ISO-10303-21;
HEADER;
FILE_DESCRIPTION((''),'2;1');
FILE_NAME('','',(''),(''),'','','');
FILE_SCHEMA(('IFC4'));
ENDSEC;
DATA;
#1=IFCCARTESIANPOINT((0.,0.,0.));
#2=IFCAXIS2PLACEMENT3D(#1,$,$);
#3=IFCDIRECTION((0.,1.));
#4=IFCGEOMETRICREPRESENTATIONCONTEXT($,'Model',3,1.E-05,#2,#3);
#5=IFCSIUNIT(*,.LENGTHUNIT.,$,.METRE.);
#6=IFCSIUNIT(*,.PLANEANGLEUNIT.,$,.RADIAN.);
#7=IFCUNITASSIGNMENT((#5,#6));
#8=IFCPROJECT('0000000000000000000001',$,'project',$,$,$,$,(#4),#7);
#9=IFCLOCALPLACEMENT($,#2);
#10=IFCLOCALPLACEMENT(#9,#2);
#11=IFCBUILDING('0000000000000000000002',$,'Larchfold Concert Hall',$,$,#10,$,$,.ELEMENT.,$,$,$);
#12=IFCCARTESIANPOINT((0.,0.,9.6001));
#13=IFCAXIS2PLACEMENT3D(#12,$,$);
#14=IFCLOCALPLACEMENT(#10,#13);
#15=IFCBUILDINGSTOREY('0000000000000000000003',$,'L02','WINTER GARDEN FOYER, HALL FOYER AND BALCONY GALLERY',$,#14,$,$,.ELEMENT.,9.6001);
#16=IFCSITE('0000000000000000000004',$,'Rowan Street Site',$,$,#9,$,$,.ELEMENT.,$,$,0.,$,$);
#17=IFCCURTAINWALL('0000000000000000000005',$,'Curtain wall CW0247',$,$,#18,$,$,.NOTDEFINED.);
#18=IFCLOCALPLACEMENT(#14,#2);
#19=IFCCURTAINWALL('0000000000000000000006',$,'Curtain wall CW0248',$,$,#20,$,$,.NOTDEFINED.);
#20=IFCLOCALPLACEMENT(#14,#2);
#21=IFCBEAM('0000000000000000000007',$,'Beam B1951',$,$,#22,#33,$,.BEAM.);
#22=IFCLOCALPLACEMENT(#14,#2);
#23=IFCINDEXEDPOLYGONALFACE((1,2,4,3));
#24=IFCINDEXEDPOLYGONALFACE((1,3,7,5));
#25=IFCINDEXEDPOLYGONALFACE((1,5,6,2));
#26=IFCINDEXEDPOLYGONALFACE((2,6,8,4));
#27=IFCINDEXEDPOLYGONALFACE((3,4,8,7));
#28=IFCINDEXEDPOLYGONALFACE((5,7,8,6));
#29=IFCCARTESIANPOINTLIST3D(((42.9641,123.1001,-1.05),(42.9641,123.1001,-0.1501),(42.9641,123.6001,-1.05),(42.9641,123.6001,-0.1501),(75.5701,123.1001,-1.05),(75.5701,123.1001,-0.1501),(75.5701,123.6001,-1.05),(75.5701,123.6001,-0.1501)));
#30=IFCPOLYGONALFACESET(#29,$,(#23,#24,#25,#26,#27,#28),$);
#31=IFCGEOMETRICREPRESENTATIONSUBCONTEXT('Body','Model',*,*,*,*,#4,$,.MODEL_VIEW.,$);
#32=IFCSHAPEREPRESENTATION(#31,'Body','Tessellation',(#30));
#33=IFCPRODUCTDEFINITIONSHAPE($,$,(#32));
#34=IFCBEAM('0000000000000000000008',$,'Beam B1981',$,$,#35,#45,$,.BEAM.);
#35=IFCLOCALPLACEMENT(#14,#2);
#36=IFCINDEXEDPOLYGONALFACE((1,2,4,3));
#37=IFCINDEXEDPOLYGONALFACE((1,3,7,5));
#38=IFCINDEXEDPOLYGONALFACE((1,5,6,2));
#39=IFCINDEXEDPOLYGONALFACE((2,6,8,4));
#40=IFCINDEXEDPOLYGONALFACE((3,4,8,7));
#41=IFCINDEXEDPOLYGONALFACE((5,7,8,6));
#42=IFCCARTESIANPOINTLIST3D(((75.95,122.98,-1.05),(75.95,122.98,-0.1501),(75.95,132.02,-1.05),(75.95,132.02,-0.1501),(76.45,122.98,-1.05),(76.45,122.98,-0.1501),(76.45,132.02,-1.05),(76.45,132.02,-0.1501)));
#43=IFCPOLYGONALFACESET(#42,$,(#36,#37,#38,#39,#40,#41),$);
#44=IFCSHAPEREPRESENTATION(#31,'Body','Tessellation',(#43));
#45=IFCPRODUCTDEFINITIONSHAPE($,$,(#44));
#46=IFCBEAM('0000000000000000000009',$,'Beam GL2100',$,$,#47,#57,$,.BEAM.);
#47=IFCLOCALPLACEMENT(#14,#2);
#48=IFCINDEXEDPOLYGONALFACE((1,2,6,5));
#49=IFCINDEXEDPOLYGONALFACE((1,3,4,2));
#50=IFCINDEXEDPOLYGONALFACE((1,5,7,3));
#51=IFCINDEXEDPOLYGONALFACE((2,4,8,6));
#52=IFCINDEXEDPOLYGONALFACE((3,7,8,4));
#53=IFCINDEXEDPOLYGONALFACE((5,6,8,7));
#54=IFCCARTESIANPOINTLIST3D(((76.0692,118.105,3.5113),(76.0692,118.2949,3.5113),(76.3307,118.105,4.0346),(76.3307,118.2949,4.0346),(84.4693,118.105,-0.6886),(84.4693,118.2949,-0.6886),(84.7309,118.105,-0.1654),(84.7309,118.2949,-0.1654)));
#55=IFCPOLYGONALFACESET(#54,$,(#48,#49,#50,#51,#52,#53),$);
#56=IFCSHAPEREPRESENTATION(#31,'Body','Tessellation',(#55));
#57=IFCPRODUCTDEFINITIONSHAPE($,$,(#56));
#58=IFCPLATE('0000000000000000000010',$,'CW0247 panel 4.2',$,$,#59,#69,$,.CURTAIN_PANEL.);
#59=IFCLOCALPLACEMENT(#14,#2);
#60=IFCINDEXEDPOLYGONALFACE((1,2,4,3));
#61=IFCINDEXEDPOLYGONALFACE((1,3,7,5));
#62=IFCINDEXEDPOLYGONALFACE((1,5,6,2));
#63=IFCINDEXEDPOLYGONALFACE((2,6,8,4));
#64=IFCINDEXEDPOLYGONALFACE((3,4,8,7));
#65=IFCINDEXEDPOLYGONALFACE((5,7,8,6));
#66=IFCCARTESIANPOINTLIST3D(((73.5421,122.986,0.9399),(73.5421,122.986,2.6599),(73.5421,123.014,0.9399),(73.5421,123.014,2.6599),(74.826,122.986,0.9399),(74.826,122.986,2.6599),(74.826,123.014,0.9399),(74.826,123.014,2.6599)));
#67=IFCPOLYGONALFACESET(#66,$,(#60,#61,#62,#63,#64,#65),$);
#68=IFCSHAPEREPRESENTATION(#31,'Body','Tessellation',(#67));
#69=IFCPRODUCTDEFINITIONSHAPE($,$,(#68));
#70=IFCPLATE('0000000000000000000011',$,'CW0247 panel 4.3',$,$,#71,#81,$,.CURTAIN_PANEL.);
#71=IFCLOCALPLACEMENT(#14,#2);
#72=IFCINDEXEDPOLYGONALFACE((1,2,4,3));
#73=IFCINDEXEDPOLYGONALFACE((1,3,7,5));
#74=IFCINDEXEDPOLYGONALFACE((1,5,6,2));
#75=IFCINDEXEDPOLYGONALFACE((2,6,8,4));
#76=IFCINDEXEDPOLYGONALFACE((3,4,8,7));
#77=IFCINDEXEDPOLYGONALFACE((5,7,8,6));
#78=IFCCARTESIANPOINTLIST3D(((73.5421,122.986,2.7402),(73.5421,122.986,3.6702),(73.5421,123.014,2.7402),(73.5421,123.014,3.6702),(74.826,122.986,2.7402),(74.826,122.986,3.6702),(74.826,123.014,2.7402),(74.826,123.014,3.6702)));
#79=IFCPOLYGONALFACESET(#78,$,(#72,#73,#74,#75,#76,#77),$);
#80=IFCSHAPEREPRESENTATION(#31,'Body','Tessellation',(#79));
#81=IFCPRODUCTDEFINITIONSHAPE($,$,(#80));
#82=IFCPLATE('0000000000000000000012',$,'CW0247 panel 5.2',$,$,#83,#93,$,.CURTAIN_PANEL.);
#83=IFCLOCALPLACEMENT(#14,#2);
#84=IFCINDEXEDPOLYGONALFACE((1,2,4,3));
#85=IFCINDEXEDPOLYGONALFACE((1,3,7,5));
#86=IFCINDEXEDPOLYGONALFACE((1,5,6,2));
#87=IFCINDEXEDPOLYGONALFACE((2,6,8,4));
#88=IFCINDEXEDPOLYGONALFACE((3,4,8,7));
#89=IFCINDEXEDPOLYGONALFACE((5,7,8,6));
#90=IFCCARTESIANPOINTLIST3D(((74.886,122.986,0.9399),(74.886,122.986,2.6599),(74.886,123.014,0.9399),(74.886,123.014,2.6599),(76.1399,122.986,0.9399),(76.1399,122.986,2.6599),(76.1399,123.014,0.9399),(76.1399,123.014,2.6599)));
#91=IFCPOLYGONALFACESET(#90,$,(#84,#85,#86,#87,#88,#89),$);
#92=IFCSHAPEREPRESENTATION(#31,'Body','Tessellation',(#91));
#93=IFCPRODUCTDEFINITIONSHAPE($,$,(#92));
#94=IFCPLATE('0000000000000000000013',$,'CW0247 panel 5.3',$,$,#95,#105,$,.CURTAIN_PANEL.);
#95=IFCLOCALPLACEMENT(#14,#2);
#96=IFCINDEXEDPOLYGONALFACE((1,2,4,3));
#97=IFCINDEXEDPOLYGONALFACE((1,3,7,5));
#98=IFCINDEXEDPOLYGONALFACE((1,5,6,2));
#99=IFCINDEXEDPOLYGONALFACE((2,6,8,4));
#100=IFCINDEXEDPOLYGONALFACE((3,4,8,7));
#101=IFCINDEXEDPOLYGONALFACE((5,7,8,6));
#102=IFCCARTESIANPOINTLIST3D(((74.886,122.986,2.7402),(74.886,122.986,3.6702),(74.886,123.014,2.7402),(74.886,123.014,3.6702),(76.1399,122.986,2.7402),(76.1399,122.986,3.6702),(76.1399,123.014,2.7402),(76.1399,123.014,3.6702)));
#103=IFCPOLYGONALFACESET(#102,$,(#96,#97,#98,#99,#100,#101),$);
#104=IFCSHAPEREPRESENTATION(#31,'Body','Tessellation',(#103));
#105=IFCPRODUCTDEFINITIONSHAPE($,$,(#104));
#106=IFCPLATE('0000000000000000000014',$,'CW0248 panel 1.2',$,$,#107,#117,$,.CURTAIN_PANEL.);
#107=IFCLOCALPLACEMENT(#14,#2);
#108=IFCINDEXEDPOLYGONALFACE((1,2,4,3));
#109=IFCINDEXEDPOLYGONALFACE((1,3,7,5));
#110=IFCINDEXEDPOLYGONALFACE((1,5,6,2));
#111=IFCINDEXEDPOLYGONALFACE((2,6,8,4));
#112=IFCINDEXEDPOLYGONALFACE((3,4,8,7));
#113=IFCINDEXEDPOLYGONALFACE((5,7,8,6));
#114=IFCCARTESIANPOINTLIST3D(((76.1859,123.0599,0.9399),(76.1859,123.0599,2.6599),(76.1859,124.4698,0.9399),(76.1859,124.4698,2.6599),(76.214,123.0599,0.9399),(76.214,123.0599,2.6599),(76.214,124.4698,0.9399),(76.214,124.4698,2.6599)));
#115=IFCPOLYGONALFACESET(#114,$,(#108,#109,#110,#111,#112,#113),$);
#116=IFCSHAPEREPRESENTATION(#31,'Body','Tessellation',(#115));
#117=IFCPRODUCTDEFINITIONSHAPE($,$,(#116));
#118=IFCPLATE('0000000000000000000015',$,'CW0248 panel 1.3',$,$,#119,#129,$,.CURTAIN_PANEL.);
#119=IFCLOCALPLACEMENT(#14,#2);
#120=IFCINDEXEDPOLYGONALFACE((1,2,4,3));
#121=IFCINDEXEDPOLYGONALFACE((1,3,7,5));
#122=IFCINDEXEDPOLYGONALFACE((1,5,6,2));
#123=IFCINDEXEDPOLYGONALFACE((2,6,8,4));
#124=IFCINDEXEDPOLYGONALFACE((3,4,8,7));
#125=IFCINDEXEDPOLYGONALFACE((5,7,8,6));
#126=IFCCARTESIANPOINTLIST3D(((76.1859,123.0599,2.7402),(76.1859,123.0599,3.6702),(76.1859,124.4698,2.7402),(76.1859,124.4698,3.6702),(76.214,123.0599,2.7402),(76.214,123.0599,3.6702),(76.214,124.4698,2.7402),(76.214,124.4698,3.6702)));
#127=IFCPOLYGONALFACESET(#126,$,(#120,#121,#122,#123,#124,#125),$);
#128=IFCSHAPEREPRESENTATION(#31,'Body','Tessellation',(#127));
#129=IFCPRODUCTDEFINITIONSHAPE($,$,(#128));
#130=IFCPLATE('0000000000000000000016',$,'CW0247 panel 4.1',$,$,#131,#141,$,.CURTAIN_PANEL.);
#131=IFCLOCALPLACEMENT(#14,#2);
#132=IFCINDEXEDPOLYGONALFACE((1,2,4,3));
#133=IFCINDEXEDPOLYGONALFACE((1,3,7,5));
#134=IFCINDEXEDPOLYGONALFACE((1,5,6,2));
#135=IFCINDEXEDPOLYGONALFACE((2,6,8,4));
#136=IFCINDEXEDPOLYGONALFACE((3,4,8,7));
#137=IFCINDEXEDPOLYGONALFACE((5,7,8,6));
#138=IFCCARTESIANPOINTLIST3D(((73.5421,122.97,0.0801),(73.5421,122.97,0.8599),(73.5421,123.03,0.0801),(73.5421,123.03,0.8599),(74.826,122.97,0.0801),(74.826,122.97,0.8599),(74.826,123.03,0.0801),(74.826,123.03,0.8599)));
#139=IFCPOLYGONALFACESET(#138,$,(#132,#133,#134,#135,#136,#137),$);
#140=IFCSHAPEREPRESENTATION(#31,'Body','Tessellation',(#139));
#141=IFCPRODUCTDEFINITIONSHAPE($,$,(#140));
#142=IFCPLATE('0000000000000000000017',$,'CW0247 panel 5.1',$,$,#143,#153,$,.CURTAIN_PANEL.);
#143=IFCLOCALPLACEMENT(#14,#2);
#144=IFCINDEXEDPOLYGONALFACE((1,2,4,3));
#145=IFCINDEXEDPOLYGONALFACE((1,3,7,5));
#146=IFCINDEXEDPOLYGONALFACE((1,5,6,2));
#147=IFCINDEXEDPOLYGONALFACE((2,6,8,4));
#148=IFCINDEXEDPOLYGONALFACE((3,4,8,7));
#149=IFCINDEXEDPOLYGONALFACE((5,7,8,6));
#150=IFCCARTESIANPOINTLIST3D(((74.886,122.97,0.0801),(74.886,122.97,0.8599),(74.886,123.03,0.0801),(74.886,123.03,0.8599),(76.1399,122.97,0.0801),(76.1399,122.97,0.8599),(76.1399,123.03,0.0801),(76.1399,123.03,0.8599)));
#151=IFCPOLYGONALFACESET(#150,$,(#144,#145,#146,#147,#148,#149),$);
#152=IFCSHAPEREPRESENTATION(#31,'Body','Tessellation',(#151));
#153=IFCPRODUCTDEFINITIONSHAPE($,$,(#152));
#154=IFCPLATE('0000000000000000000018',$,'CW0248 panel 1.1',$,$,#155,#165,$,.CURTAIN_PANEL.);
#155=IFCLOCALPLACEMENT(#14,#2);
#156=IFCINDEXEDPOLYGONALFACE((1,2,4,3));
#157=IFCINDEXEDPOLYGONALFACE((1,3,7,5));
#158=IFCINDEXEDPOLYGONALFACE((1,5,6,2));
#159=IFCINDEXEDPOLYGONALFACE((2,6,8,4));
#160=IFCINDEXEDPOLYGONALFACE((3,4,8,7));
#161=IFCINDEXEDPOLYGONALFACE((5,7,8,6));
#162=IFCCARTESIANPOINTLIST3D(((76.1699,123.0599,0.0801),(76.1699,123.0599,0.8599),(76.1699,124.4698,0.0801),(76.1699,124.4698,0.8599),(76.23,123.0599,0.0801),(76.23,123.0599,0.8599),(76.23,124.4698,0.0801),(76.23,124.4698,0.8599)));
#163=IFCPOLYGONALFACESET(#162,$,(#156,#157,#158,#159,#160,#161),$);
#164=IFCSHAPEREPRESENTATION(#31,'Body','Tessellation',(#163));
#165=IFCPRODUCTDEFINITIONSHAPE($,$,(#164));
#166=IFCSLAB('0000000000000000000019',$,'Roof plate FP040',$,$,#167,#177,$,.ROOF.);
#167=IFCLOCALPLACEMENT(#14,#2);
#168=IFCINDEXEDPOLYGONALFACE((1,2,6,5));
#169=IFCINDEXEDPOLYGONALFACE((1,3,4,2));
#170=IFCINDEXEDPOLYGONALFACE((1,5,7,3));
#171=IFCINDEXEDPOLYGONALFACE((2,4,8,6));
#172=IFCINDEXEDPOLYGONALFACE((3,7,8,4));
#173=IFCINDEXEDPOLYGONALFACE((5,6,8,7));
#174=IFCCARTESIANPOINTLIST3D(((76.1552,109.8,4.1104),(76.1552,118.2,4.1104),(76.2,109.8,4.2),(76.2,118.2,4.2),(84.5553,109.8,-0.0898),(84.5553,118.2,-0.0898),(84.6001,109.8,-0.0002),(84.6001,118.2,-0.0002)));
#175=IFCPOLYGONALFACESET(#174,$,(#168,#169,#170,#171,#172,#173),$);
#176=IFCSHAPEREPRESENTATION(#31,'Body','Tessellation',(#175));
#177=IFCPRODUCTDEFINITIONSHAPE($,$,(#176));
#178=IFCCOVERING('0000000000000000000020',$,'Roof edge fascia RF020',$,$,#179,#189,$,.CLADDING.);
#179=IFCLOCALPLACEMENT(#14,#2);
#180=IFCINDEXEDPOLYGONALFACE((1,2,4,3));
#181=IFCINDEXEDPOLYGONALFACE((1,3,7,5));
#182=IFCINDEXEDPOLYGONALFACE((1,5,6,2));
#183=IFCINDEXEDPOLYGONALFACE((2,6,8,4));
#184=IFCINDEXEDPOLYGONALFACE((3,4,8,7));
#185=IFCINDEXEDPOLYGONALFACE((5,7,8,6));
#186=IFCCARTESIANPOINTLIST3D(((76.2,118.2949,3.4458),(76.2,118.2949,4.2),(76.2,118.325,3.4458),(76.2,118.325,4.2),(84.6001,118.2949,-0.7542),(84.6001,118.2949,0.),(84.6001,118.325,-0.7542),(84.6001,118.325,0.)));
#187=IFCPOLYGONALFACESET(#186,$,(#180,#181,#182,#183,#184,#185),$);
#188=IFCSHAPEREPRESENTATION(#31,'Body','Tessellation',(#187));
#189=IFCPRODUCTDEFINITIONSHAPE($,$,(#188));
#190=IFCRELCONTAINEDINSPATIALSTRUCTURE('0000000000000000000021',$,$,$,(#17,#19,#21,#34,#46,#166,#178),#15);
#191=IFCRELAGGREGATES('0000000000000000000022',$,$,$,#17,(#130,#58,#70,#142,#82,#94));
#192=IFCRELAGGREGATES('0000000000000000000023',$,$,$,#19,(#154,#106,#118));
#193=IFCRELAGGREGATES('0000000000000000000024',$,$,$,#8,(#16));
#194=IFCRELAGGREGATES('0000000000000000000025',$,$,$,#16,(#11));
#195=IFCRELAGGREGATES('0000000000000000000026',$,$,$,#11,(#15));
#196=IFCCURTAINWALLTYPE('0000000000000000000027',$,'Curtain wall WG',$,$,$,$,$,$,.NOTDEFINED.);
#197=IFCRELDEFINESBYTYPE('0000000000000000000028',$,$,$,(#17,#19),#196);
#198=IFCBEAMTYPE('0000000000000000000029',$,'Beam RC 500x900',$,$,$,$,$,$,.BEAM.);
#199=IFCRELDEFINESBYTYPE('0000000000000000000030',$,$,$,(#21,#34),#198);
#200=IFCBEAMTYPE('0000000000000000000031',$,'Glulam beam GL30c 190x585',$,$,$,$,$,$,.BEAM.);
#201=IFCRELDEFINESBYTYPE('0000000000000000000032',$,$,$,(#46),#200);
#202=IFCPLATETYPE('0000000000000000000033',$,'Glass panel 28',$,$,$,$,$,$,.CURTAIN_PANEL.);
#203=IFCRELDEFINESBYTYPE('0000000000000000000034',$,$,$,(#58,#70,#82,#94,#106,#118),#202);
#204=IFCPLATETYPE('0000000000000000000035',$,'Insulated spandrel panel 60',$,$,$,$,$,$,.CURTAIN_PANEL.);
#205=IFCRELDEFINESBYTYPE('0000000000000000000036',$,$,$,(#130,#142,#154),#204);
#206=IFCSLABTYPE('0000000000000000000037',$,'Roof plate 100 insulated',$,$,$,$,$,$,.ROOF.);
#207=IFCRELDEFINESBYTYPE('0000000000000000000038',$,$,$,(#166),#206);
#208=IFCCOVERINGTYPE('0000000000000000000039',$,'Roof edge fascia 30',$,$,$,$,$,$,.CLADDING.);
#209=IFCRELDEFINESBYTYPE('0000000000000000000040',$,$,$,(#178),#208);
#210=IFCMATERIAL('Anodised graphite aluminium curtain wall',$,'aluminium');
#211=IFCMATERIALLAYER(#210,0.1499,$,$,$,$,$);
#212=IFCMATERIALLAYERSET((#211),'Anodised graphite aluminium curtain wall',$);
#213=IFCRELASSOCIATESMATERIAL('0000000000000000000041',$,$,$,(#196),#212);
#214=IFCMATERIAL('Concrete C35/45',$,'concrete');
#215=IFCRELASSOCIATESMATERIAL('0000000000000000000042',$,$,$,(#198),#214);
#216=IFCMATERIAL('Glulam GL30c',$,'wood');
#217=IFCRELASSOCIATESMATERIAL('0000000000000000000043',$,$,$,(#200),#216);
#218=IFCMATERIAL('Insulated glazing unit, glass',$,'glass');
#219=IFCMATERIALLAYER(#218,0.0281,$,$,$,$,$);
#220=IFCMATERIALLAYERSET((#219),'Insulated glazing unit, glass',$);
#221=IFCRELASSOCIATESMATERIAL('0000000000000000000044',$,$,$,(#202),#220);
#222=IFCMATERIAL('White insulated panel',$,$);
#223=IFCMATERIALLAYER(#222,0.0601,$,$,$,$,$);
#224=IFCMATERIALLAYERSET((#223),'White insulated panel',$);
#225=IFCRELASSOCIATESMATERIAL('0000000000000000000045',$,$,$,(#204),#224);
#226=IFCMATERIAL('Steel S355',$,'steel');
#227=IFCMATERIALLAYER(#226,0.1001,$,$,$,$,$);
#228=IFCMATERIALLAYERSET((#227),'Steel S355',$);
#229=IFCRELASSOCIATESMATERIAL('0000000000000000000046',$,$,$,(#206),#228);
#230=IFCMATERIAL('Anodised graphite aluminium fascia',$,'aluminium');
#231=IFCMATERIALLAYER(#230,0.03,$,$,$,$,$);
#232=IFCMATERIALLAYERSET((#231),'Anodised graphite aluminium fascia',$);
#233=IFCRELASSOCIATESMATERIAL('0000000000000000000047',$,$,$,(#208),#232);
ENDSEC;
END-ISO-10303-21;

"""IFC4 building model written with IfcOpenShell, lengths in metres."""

from ifc_helpers import new_model, si_unit, direction, frame, origin, origin_2d, place, context, subcontext, project, spatial, polyline, rectangle, outline, extrude, material, layer, layer_set, material_profile, profile_set, type_object, element, aggregate, save


model = new_model("IFC4")

# Units and contexts
model_context = context("Model", 3, precision=1e-05, world=origin(), true_north=direction((0.0, 1.0)))
body_context = subcontext(model_context, "Body", "Model", "MODEL_VIEW")
ifc_project = project(units=[si_unit("LENGTHUNIT", "METRE"), si_unit("PLANEANGLEUNIT", "RADIAN")], contexts=[model_context])

# Site, building, storey
site_placement = place(None, origin())
site = spatial("IfcSite", under=ifc_project, at=site_placement, Name="Rowan Street Site", CompositionType="ELEMENT", RefElevation=0.0)
building_placement = place(site_placement, origin())
building = spatial("IfcBuilding", under=site, at=building_placement, Name="Larchfold Concert Hall", CompositionType="ELEMENT")
storey_placement = place(building_placement, frame((0.0, 0.0, 9.6001)))
storey = spatial("IfcBuildingStorey", under=building, at=storey_placement, Name="L02", Description="WINTER GARDEN FOYER, HALL FOYER AND BALCONY GALLERY", CompositionType="ELEMENT", Elevation=9.6001)

# Curtain walls
ifc_material_1 = material(Name="Anodised graphite aluminium curtain wall", Category="aluminium")
ifc_layer_1 = layer(ifc_material_1, 0.1499)
ifc_layer_set_1 = layer_set([ifc_layer_1], Name="Anodised graphite aluminium curtain wall")
curtain_wall_type = type_object("IfcCurtainWallType", Name="Curtain wall WG", PredefinedType="NOTDEFINED", material=ifc_layer_set_1)
curtain_wall_1_placement = place(storey_placement, origin())
curtain_wall_1 = element("IfcCurtainWall", 1, at=curtain_wall_1_placement, inside=storey, type_object=curtain_wall_type, Name="Curtain wall CW0247", PredefinedType="NOTDEFINED")
curtain_wall_2_placement = place(storey_placement, origin())
curtain_wall_2 = element("IfcCurtainWall", 2, at=curtain_wall_2_placement, inside=storey, type_object=curtain_wall_type, Name="Curtain wall CW0248", PredefinedType="NOTDEFINED")

# Beams
ifc_material_2 = material(Name="Concrete C35/45", Category="concrete")
ifc_material_profile_1 = material_profile(ifc_material_2, rectangle(XDim=0.5, YDim=0.8999, at=origin_2d()))
ifc_profile_set_1 = profile_set([ifc_material_profile_1], Name="Concrete C35/45")
beam_type_1 = type_object("IfcBeamType", Name="Beam RC 500x900", PredefinedType="BEAM", material=ifc_profile_set_1)
beam_1_placement = place(storey_placement, frame((75.5701, 123.3501, -0.6001), z_axis=(-1.0, 0.0, 0.0), x_axis=(0.0, -1.0, 0.0)))
element("IfcBeam", 3, at=beam_1_placement, inside=storey, type_object=beam_type_1, Name="Beam B1951", PredefinedType="BEAM", context=body_context, shape_type="SweptSolid", body=[
    extrude(rectangle(XDim=0.5, YDim=0.8999, at=origin_2d()), origin(), (0.0, 0.0, 1.0), 32.606),
])
beam_2_placement = place(storey_placement, frame((76.2, 122.98, -0.6001), z_axis=(0.0, 1.0, 0.0), x_axis=(-1.0, 0.0, 0.0)))
element("IfcBeam", 4, at=beam_2_placement, inside=storey, type_object=beam_type_1, Name="Beam B1981", PredefinedType="BEAM", context=body_context, shape_type="SweptSolid", body=[
    extrude(rectangle(XDim=0.5, YDim=0.8999, at=origin_2d()), origin(), (0.0, 0.0, 1.0), 9.04),
])
ifc_material_3 = material(Name="Glulam GL30c", Category="wood")
ifc_material_profile_2 = material_profile(ifc_material_3, rectangle(XDim=0.1899, YDim=0.585, at=origin_2d()))
ifc_profile_set_2 = profile_set([ifc_material_profile_2], Name="Glulam GL30c")
beam_type_2 = type_object("IfcBeamType", Name="Glulam beam GL30c 190x585", PredefinedType="BEAM", material=ifc_profile_set_2)
beam_3_placement = place(storey_placement, frame((76.2, 118.2, 3.7729), z_axis=(0.894432, 0.0, -0.447203), x_axis=(0.0, 1.0, 0.0)))
element("IfcBeam", 5, at=beam_3_placement, inside=storey, type_object=beam_type_2, Name="Beam GL2100", PredefinedType="BEAM", context=body_context, shape_type="SweptSolid", body=[
    extrude(rectangle(XDim=0.1899, YDim=0.585, at=origin_2d()), origin(), (0.0, 0.0, 1.0), 9.3916),
])

# Plates
ifc_material_4 = material(Name="Insulated glazing unit, glass", Category="glass")
ifc_layer_2 = layer(ifc_material_4, 0.0281)
ifc_layer_set_2 = layer_set([ifc_layer_2], Name="Insulated glazing unit, glass")
plate_type_1 = type_object("IfcPlateType", Name="Glass panel 28", PredefinedType="CURTAIN_PANEL", material=ifc_layer_set_2)
plate_1_placement = place(storey_placement, frame((74.1841, 123.0, 0.9399), z_axis=(0.0, 0.0, 1.0), x_axis=(1.0, 0.0, 0.0)))
plate_1 = element("IfcPlate", 6, at=plate_1_placement, type_object=plate_type_1, Name="CW0247 panel 4.2", PredefinedType="CURTAIN_PANEL", context=body_context, shape_type="SweptSolid", body=[
    extrude(rectangle(XDim=1.2839, YDim=0.0281, at=origin_2d()), origin(), (0.0, 0.0, 1.0), 1.72),
])
plate_2_placement = place(storey_placement, frame((74.1841, 123.0, 2.7402), z_axis=(0.0, 0.0, 1.0), x_axis=(1.0, 0.0, 0.0)))
plate_2 = element("IfcPlate", 7, at=plate_2_placement, type_object=plate_type_1, Name="CW0247 panel 4.3", PredefinedType="CURTAIN_PANEL", context=body_context, shape_type="SweptSolid", body=[
    extrude(rectangle(XDim=1.2839, YDim=0.0281, at=origin_2d()), origin(), (0.0, 0.0, 1.0), 0.9299),
])
plate_3_placement = place(storey_placement, frame((75.5129, 123.0, 0.9399), z_axis=(0.0, 0.0, 1.0), x_axis=(1.0, 0.0, 0.0)))
plate_3 = element("IfcPlate", 8, at=plate_3_placement, type_object=plate_type_1, Name="CW0247 panel 5.2", PredefinedType="CURTAIN_PANEL", context=body_context, shape_type="SweptSolid", body=[
    extrude(rectangle(XDim=1.2539, YDim=0.0281, at=origin_2d()), origin(), (0.0, 0.0, 1.0), 1.72),
])
plate_4_placement = place(storey_placement, frame((75.5129, 123.0, 2.7402), z_axis=(0.0, 0.0, 1.0), x_axis=(1.0, 0.0, 0.0)))
plate_4 = element("IfcPlate", 9, at=plate_4_placement, type_object=plate_type_1, Name="CW0247 panel 5.3", PredefinedType="CURTAIN_PANEL", context=body_context, shape_type="SweptSolid", body=[
    extrude(rectangle(XDim=1.2539, YDim=0.0281, at=origin_2d()), origin(), (0.0, 0.0, 1.0), 0.9299),
])
plate_5_placement = place(storey_placement, frame((76.2, 123.7649, 0.9399), z_axis=(0.0, 0.0, 1.0), x_axis=(0.0, 1.0, 0.0)))
plate_5 = element("IfcPlate", 10, at=plate_5_placement, type_object=plate_type_1, Name="CW0248 panel 1.2", PredefinedType="CURTAIN_PANEL", context=body_context, shape_type="SweptSolid", body=[
    extrude(rectangle(XDim=1.4099, YDim=0.0281, at=origin_2d()), origin(), (0.0, 0.0, 1.0), 1.72),
])
plate_6_placement = place(storey_placement, frame((76.2, 123.7649, 2.7402), z_axis=(0.0, 0.0, 1.0), x_axis=(0.0, 1.0, 0.0)))
plate_6 = element("IfcPlate", 11, at=plate_6_placement, type_object=plate_type_1, Name="CW0248 panel 1.3", PredefinedType="CURTAIN_PANEL", context=body_context, shape_type="SweptSolid", body=[
    extrude(rectangle(XDim=1.4099, YDim=0.0281, at=origin_2d()), origin(), (0.0, 0.0, 1.0), 0.9299),
])
ifc_material_5 = material(Name="White insulated panel")
ifc_layer_3 = layer(ifc_material_5, 0.0601)
ifc_layer_set_3 = layer_set([ifc_layer_3], Name="White insulated panel")
plate_type_2 = type_object("IfcPlateType", Name="Insulated spandrel panel 60", PredefinedType="CURTAIN_PANEL", material=ifc_layer_set_3)
plate_7_placement = place(storey_placement, frame((74.1841, 123.0, 0.0801), z_axis=(0.0, 0.0, 1.0), x_axis=(1.0, 0.0, 0.0)))
plate_7 = element("IfcPlate", 12, at=plate_7_placement, type_object=plate_type_2, Name="CW0247 panel 4.1", PredefinedType="CURTAIN_PANEL", context=body_context, shape_type="SweptSolid", body=[
    extrude(rectangle(XDim=1.2839, YDim=0.0601, at=origin_2d()), origin(), (0.0, 0.0, 1.0), 0.7798),
])
plate_8_placement = place(storey_placement, frame((75.5129, 123.0, 0.0801), z_axis=(0.0, 0.0, 1.0), x_axis=(1.0, 0.0, 0.0)))
plate_8 = element("IfcPlate", 13, at=plate_8_placement, type_object=plate_type_2, Name="CW0247 panel 5.1", PredefinedType="CURTAIN_PANEL", context=body_context, shape_type="SweptSolid", body=[
    extrude(rectangle(XDim=1.2539, YDim=0.0601, at=origin_2d()), origin(), (0.0, 0.0, 1.0), 0.7798),
])
aggregate(curtain_wall_1, [plate_7, plate_1, plate_2, plate_8, plate_3, plate_4])
plate_9_placement = place(storey_placement, frame((76.2, 123.7649, 0.0801), z_axis=(0.0, 0.0, 1.0), x_axis=(0.0, 1.0, 0.0)))
plate_9 = element("IfcPlate", 14, at=plate_9_placement, type_object=plate_type_2, Name="CW0248 panel 1.1", PredefinedType="CURTAIN_PANEL", context=body_context, shape_type="SweptSolid", body=[
    extrude(rectangle(XDim=1.4099, YDim=0.0601, at=origin_2d()), origin(), (0.0, 0.0, 1.0), 0.7798),
])
aggregate(curtain_wall_2, [plate_9, plate_5, plate_6])

# Slab
ifc_material_6 = material(Name="Steel S355", Category="steel")
ifc_layer_4 = layer(ifc_material_6, 0.1001)
ifc_layer_set_4 = layer_set([ifc_layer_4], Name="Steel S355")
slab_type = type_object("IfcSlabType", Name="Roof plate 100 insulated", PredefinedType="ROOF", material=ifc_layer_set_4)
slab_placement = place(storey_placement, frame((76.2, 118.2, 4.2), z_axis=(0.447224, 0.0, 0.894422), x_axis=(0.894422, 0.0, -0.447224)))
element("IfcSlab", 15, at=slab_placement, inside=storey, type_object=slab_type, Name="Roof plate FP040", PredefinedType="ROOF", context=body_context, shape_type="SweptSolid", body=[
    extrude(outline(polyline([(0.0, 0.0), (9.3917, 0.0), (9.3917, -8.3999), (0.0, -8.3999), (0.0, 0.0)])), origin(), (0.0, 0.0, -1.0), 0.1001),
])

# Covering
ifc_material_7 = material(Name="Anodised graphite aluminium fascia", Category="aluminium")
ifc_layer_5 = layer(ifc_material_7, 0.03)
ifc_layer_set_5 = layer_set([ifc_layer_5], Name="Anodised graphite aluminium fascia")
covering_type = type_object("IfcCoveringType", Name="Roof edge fascia 30", PredefinedType="CLADDING", material=ifc_layer_set_5)
covering_placement = place(storey_placement, frame((76.2, 118.325, 4.2), z_axis=(0.0, 1.0, 0.0), x_axis=(0.894432, 0.0, -0.447203)))
element("IfcCovering", 16, at=covering_placement, inside=storey, type_object=covering_type, Name="Roof edge fascia RF020", PredefinedType="CLADDING", context=body_context, shape_type="SweptSolid", body=[
    extrude(outline(polyline([(0.0, 0.0), (9.3916, 0.0), (9.7289, 0.6745), (0.3373, 0.6745), (0.0, 0.0)])), origin(), (0.0, 0.0, -1.0), 0.03),
])

save(model, "model.ifc")
